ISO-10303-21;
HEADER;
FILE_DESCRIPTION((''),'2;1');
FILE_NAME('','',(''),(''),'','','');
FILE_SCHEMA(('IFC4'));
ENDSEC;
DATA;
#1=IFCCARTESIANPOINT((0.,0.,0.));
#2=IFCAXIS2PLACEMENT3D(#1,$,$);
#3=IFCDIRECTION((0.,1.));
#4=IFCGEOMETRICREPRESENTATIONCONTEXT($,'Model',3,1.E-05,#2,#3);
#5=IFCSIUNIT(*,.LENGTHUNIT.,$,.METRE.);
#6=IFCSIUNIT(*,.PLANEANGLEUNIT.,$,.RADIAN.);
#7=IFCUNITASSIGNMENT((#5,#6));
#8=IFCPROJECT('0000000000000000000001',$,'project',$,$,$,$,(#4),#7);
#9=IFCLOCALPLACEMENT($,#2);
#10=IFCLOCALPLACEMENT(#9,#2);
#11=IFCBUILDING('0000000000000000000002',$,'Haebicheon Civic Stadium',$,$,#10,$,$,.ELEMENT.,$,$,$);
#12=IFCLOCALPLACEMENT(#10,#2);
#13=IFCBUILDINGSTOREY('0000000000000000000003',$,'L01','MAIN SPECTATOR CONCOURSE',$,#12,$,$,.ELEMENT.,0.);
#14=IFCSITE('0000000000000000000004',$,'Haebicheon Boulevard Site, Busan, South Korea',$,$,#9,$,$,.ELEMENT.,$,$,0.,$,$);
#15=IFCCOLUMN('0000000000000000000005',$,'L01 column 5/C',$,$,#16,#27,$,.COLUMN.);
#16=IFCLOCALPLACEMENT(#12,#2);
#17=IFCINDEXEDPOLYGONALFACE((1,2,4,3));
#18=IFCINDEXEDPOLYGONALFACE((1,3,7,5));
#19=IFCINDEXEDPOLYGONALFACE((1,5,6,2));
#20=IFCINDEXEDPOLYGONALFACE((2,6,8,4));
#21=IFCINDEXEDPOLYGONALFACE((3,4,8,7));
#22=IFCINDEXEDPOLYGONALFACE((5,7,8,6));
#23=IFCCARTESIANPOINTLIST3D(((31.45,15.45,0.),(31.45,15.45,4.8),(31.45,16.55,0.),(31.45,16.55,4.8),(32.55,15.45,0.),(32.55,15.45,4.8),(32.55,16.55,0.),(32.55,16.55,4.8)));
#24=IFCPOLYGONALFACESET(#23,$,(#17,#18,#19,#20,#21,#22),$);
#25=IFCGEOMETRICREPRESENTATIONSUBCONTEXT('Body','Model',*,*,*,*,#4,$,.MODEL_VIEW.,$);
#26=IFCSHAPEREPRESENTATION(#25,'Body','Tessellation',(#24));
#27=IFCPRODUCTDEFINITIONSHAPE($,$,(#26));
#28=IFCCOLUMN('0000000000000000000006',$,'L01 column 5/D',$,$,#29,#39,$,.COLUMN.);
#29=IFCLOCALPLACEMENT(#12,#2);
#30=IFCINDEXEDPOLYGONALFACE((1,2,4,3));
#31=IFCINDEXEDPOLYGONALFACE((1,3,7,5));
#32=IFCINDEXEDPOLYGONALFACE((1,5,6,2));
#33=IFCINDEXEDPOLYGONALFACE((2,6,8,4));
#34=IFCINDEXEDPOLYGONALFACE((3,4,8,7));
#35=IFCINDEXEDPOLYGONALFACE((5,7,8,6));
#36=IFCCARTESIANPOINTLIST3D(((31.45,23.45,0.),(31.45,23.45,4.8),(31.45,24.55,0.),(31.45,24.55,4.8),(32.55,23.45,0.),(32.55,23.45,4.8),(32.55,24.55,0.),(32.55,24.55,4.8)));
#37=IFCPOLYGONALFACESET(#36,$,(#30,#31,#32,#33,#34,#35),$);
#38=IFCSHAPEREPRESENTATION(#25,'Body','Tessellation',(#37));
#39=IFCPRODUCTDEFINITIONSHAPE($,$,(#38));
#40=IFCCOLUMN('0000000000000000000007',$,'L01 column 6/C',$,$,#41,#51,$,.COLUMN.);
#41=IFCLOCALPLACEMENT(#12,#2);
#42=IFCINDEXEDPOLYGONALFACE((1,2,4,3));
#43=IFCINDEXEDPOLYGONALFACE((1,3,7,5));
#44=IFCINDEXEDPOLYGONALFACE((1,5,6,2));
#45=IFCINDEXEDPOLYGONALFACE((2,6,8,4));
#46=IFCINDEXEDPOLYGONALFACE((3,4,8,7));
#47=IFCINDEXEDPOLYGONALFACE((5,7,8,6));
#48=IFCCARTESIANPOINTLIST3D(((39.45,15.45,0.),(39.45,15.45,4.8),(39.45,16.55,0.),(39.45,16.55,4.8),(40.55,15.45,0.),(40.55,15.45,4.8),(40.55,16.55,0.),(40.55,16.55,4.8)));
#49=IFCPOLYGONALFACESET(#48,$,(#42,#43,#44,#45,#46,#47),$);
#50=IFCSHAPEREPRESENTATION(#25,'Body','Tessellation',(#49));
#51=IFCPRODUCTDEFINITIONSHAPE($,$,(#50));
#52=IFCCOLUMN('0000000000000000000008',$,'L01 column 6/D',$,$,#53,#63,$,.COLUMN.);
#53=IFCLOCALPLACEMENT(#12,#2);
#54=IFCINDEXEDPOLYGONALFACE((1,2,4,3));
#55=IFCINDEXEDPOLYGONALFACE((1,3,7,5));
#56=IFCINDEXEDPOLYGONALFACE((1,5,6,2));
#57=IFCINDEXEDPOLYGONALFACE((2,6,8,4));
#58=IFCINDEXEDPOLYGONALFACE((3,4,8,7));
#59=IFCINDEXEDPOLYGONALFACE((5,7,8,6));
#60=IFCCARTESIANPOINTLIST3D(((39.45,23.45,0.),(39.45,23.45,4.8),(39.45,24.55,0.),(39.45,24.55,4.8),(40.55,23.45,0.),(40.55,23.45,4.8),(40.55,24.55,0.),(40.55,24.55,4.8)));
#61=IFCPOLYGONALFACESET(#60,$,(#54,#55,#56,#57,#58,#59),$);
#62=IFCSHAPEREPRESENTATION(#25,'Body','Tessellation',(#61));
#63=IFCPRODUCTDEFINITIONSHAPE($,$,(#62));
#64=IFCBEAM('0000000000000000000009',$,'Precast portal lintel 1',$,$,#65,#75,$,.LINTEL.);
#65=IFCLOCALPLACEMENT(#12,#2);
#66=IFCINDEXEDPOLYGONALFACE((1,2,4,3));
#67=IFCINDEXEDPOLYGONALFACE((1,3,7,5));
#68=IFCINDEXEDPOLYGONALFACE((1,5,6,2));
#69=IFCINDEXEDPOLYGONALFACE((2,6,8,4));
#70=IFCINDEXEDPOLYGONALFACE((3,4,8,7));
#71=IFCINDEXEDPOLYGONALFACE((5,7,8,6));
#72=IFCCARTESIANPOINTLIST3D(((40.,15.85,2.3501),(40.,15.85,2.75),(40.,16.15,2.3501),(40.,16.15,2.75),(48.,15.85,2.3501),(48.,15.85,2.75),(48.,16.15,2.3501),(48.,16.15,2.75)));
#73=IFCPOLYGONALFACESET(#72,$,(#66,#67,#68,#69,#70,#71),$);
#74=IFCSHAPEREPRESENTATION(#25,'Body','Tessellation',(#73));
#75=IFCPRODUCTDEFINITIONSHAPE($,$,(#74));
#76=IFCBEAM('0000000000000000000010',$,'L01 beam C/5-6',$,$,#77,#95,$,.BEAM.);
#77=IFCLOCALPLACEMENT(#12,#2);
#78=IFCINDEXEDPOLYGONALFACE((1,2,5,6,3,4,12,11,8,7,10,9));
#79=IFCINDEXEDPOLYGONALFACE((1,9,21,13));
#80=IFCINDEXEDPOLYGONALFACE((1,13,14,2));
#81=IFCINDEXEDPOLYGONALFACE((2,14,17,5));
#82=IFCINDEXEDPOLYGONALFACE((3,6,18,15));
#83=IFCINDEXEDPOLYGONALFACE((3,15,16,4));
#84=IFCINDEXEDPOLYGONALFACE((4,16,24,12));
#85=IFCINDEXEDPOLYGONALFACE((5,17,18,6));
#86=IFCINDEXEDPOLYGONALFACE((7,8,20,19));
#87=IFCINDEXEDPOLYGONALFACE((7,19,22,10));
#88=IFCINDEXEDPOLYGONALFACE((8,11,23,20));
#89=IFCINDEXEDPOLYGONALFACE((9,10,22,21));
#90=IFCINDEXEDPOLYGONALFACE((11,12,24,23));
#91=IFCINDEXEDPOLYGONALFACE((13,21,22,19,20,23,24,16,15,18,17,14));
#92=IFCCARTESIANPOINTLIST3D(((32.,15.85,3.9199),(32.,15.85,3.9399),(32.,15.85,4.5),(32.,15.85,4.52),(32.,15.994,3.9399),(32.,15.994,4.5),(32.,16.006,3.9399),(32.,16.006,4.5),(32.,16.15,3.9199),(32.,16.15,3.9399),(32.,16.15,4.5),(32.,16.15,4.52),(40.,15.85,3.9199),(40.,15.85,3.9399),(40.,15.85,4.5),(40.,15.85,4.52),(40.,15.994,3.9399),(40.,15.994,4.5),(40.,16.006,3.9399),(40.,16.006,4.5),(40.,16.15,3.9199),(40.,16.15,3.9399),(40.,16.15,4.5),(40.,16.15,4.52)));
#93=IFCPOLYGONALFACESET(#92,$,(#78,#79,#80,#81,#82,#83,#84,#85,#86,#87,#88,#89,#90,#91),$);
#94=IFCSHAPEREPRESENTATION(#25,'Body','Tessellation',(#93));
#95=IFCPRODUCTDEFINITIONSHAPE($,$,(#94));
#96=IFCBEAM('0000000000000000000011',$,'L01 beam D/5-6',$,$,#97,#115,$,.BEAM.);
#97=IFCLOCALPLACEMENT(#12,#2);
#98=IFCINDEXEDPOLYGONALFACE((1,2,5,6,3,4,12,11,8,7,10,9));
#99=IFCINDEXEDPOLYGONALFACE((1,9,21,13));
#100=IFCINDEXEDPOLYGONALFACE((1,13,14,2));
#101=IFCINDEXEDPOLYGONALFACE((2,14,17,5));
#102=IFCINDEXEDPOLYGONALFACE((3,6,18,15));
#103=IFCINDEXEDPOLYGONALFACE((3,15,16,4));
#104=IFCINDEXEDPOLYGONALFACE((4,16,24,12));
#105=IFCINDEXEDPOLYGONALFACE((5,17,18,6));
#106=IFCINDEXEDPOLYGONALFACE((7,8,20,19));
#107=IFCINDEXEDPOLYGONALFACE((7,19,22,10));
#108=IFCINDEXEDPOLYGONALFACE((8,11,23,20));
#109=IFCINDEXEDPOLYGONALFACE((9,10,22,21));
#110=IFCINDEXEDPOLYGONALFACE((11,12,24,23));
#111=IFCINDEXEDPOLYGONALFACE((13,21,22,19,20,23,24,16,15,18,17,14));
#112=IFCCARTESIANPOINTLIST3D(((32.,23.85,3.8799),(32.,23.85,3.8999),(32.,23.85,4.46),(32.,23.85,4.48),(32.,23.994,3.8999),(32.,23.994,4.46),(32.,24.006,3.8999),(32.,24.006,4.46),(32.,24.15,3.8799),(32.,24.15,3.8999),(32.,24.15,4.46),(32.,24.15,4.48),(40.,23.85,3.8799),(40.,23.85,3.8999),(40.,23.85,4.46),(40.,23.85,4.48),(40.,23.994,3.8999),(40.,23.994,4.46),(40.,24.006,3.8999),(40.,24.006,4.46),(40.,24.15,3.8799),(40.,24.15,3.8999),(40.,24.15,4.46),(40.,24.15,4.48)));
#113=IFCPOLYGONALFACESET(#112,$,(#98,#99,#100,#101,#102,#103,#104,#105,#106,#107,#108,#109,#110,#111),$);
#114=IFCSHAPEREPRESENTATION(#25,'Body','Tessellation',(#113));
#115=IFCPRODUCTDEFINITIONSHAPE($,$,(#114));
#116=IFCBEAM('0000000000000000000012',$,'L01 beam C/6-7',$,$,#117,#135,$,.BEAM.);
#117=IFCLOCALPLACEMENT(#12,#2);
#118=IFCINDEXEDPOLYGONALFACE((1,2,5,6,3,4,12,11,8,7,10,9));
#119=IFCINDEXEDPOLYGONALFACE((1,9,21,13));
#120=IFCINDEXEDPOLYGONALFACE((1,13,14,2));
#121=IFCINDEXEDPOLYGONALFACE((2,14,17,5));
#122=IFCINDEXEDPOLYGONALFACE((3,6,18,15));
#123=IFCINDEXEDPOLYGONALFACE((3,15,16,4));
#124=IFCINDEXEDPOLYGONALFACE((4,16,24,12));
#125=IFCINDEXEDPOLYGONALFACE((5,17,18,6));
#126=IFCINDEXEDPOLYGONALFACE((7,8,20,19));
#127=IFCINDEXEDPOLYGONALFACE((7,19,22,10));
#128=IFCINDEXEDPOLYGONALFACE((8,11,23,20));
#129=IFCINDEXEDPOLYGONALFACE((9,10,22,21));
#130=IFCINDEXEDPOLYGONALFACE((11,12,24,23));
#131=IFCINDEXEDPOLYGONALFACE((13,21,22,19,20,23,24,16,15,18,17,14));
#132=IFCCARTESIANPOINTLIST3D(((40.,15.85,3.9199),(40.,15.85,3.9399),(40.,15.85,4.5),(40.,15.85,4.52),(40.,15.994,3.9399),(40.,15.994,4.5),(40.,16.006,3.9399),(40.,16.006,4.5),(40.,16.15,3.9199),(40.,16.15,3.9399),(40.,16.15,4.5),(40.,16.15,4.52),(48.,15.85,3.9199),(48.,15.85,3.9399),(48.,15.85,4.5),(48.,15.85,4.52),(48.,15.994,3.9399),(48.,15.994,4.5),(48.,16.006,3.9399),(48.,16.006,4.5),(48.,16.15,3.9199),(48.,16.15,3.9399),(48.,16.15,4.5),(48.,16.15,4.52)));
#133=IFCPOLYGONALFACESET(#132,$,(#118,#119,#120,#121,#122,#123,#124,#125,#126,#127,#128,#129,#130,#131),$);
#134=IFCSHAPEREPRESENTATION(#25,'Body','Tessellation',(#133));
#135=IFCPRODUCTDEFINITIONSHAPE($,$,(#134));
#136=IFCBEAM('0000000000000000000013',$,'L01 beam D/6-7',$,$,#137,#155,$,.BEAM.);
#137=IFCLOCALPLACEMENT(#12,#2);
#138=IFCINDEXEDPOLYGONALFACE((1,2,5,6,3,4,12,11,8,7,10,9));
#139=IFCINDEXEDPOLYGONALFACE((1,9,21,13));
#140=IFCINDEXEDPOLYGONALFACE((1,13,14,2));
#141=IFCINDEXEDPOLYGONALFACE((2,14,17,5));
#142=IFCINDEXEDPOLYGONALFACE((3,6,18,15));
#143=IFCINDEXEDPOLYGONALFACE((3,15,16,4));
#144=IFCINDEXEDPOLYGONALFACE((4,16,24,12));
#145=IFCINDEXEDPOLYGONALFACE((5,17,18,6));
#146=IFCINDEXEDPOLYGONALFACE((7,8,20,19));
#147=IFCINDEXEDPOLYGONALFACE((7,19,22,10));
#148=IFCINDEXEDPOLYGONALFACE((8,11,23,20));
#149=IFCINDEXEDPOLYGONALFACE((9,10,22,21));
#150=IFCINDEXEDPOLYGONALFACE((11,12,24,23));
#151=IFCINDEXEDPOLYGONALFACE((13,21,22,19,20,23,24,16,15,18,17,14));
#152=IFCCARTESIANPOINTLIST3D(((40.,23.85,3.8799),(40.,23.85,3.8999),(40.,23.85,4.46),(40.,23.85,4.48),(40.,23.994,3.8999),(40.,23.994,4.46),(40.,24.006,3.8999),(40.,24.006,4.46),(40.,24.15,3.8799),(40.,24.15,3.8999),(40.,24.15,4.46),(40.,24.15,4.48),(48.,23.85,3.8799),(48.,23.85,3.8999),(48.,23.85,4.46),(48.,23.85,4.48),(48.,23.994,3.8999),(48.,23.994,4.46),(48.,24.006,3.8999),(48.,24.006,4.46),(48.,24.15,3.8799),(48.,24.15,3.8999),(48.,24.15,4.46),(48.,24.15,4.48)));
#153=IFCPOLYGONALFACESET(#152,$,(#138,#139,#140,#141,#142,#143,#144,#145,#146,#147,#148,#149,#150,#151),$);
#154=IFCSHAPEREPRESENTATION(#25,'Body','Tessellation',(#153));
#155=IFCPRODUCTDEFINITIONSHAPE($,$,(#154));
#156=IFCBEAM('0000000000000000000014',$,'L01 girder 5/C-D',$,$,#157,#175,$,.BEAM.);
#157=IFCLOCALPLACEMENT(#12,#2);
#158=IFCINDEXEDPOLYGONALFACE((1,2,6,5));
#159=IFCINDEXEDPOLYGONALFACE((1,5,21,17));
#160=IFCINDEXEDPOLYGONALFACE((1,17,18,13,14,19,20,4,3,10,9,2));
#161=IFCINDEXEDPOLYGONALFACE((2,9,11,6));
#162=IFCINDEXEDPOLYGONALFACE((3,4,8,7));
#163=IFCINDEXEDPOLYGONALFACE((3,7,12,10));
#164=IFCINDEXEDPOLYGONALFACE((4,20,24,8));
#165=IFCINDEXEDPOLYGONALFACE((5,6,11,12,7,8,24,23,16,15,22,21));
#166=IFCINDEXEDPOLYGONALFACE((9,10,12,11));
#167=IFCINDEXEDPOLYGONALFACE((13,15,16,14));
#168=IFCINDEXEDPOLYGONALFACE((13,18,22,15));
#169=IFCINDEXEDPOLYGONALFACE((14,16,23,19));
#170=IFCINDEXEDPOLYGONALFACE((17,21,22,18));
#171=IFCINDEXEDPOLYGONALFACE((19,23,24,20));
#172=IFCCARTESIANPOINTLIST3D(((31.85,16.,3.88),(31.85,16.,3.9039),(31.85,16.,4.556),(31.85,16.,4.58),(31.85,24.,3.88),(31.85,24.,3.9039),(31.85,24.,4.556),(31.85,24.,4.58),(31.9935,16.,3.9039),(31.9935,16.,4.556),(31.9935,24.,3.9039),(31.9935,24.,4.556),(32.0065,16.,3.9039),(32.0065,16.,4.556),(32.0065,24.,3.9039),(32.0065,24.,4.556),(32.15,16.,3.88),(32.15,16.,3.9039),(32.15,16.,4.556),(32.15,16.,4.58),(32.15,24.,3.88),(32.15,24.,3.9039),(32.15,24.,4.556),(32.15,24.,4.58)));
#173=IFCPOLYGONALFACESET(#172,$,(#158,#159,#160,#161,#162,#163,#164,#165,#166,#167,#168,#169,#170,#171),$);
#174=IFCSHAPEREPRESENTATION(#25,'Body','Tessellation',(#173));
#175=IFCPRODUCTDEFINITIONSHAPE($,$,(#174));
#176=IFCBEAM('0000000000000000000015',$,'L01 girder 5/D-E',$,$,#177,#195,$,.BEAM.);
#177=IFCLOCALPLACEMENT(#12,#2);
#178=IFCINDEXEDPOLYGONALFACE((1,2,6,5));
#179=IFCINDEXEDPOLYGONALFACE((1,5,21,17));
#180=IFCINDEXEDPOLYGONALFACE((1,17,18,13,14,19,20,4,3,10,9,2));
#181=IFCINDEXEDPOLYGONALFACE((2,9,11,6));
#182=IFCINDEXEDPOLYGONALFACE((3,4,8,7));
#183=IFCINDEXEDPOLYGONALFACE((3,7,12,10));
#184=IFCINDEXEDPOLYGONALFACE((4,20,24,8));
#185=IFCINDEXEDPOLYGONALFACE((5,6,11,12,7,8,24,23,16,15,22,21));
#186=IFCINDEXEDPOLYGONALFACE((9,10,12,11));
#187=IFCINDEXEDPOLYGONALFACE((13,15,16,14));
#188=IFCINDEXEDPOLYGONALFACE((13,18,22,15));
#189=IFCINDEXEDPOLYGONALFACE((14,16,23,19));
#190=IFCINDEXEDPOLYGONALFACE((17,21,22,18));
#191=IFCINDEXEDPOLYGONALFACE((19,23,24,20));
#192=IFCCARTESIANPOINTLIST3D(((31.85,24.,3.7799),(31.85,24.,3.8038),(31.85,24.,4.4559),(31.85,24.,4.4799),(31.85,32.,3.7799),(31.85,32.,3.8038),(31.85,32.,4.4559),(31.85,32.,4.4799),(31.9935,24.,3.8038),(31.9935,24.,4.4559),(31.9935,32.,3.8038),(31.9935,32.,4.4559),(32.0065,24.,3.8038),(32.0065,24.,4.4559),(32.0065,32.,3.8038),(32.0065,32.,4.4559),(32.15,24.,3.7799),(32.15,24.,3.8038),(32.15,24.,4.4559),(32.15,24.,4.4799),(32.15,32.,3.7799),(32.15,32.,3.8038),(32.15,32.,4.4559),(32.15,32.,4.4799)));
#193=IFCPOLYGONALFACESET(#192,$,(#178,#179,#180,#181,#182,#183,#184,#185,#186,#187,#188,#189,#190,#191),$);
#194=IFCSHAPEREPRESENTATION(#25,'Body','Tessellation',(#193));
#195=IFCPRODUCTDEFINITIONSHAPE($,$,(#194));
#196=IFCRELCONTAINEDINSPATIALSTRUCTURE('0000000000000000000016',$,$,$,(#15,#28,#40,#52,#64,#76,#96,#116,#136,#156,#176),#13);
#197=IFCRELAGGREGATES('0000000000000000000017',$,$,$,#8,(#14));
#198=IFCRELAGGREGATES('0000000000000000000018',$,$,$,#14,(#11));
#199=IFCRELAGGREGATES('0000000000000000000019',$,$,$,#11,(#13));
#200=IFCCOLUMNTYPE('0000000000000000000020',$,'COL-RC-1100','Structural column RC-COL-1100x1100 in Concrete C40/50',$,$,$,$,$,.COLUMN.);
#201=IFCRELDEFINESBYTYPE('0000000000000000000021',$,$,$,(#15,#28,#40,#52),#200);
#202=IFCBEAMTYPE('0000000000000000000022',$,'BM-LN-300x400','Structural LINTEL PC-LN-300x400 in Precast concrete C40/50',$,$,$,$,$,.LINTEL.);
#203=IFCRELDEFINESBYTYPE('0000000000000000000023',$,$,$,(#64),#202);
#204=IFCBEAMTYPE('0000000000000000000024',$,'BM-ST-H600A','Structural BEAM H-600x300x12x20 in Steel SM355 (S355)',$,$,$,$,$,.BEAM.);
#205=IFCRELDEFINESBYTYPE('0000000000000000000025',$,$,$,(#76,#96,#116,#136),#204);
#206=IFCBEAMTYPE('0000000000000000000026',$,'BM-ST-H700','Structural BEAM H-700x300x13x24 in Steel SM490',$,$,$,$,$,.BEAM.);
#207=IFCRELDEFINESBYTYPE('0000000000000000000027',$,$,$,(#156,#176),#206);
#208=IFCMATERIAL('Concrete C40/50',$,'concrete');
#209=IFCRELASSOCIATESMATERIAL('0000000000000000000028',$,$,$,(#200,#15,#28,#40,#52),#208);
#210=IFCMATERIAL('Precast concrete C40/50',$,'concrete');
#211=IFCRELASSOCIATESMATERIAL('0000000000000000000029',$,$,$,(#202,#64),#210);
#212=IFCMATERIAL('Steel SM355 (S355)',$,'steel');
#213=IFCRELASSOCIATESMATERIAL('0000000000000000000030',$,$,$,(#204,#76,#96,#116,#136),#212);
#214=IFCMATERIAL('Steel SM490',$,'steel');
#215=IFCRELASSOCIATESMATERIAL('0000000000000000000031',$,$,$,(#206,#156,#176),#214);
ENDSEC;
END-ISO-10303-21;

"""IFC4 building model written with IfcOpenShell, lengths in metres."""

from ifc_helpers import new_model, si_unit, direction, frame, origin, origin_2d, place, context, subcontext, project, spatial, rectangle, i_section, extrude, material, material_profile, profile_set, type_object, element, save


model = new_model("IFC4")

# Units and contexts
model_context = context("Model", 3, precision=1e-05, world=origin(), true_north=direction((0.0, 1.0)))
body_context = subcontext(model_context, "Body", "Model", "MODEL_VIEW")
ifc_project = project(units=[si_unit("LENGTHUNIT", "METRE"), si_unit("PLANEANGLEUNIT", "RADIAN")], contexts=[model_context])

# Site, building, storey
site_placement = place(None, origin())
site = spatial("IfcSite", under=ifc_project, at=site_placement, Name="Haebicheon Boulevard Site, Busan, South Korea", CompositionType="ELEMENT", RefElevation=0.0)
building_placement = place(site_placement, origin())
building = spatial("IfcBuilding", under=site, at=building_placement, Name="Haebicheon Civic Stadium", CompositionType="ELEMENT")
storey_placement = place(building_placement, origin())
storey = spatial("IfcBuildingStorey", under=building, at=storey_placement, Name="L01", Description="MAIN SPECTATOR CONCOURSE", CompositionType="ELEMENT", Elevation=0.0)

# Columns
ifc_material_1 = material(Name="Concrete C40/50", Category="concrete")
ifc_material_profile_1 = material_profile(ifc_material_1, rectangle(XDim=1.1001, YDim=1.1001, at=origin_2d()), Name="RC-COL-1100x1100")
ifc_profile_set_1 = profile_set([ifc_material_profile_1], Name="Concrete C40/50")
column_type = type_object("IfcColumnType", Name="COL-RC-1100", Description="Structural column RC-COL-1100x1100 in Concrete C40/50", PredefinedType="COLUMN", material=ifc_profile_set_1)
for number, where, z_axis, x_axis, name in (
    (1, (32.0, 16.0, 0.0), (0.0, 0.0, 1.0), (1.0, 0.0, 0.0), "L01 column 5/C"),
    (2, (32.0, 24.0, 0.0), (0.0, 0.0, 1.0), (1.0, 0.0, 0.0), "L01 column 5/D"),
    (3, (40.0, 16.0, 0.0), (0.0, 0.0, 1.0), (1.0, 0.0, 0.0), "L01 column 6/C"),
    (4, (40.0, 24.0, 0.0), (0.0, 0.0, 1.0), (1.0, 0.0, 0.0), "L01 column 6/D"),
):
    element("IfcColumn", number, at=place(storey_placement, frame(where, z_axis=z_axis, x_axis=x_axis)), inside=storey, type_object=column_type, material=ifc_profile_set_1, Name=name, PredefinedType="COLUMN", context=body_context, shape_type="SweptSolid", body=[
        extrude(rectangle(XDim=1.1001, YDim=1.1001, at=origin_2d()), origin(), (0.0, 0.0, 1.0), 4.8),
    ])

# Beams
ifc_material_2 = material(Name="Precast concrete C40/50", Category="concrete")
ifc_material_profile_2 = material_profile(ifc_material_2, rectangle(XDim=0.3, YDim=0.3999, at=origin_2d()), Name="PC-LN-300x400")
ifc_profile_set_2 = profile_set([ifc_material_profile_2], Name="Precast concrete C40/50")
beam_type_1 = type_object("IfcBeamType", Name="BM-LN-300x400", Description="Structural LINTEL PC-LN-300x400 in Precast concrete C40/50", PredefinedType="LINTEL", material=ifc_profile_set_2)
beam_placement = place(storey_placement, frame((40.0, 16.0, 2.55), z_axis=(1.0, 0.0, 0.0), x_axis=(0.0, 1.0, 0.0)))
element("IfcBeam", 5, at=beam_placement, inside=storey, type_object=beam_type_1, material=ifc_profile_set_2, Name="Precast portal lintel 1", PredefinedType="LINTEL", context=body_context, shape_type="SweptSolid", body=[
    extrude(rectangle(XDim=0.3, YDim=0.3999, at=origin_2d()), origin(), (0.0, 0.0, 1.0), 8.0),
])
ifc_material_3 = material(Name="Steel SM355 (S355)", Category="steel")
ifc_material_profile_3 = material_profile(ifc_material_3, i_section(OverallWidth=0.3, OverallDepth=0.6001, WebThickness=0.012, FlangeThickness=0.02, at=origin_2d()), Name="H-600x300x12x20")
ifc_profile_set_3 = profile_set([ifc_material_profile_3], Name="Steel SM355 (S355)")
beam_type_2 = type_object("IfcBeamType", Name="BM-ST-H600A", Description="Structural BEAM H-600x300x12x20 in Steel SM355 (S355)", PredefinedType="BEAM", material=ifc_profile_set_3)
for number, where, z_axis, x_axis, name in (
    (6, (32.0, 16.0, 4.22), (1.0, 0.0, 0.0), (0.0, 1.0, 0.0), "L01 beam C/5-6"),
    (7, (32.0, 24.0, 4.1799), (1.0, 0.0, 0.0), (0.0, 1.0, 0.0), "L01 beam D/5-6"),
    (8, (40.0, 16.0, 4.22), (1.0, 0.0, 0.0), (0.0, 1.0, 0.0), "L01 beam C/6-7"),
    (9, (40.0, 24.0, 4.1799), (1.0, 0.0, 0.0), (0.0, 1.0, 0.0), "L01 beam D/6-7"),
):
    element("IfcBeam", number, at=place(storey_placement, frame(where, z_axis=z_axis, x_axis=x_axis)), inside=storey, type_object=beam_type_2, material=ifc_profile_set_3, Name=name, PredefinedType="BEAM", context=body_context, shape_type="SweptSolid", body=[
        extrude(i_section(OverallWidth=0.3, OverallDepth=0.6001, WebThickness=0.012, FlangeThickness=0.02, at=origin_2d()), origin(), (0.0, 0.0, 1.0), 8.0),
    ])
ifc_material_4 = material(Name="Steel SM490", Category="steel")
ifc_material_profile_4 = material_profile(ifc_material_4, i_section(OverallWidth=0.3, OverallDepth=0.7, WebThickness=0.0129, FlangeThickness=0.0239, at=origin_2d()), Name="H-700x300x13x24")
ifc_profile_set_4 = profile_set([ifc_material_profile_4], Name="Steel SM490")
beam_type_3 = type_object("IfcBeamType", Name="BM-ST-H700", Description="Structural BEAM H-700x300x13x24 in Steel SM490", PredefinedType="BEAM", material=ifc_profile_set_4)
for number, where, z_axis, x_axis, name in (
    (10, (32.0, 16.0, 4.23), (0.0, 1.0, 0.0), (-1.0, 0.0, 0.0), "L01 girder 5/C-D"),
    (11, (32.0, 24.0, 4.1299), (0.0, 1.0, 0.0), (-1.0, 0.0, 0.0), "L01 girder 5/D-E"),
):
    element("IfcBeam", number, at=place(storey_placement, frame(where, z_axis=z_axis, x_axis=x_axis)), inside=storey, type_object=beam_type_3, material=ifc_profile_set_4, Name=name, PredefinedType="BEAM", context=body_context, shape_type="SweptSolid", body=[
        extrude(i_section(OverallWidth=0.3, OverallDepth=0.7, WebThickness=0.0129, FlangeThickness=0.0239, at=origin_2d()), origin(), (0.0, 0.0, 1.0), 8.0),
    ])

save(model, "model.ifc")
